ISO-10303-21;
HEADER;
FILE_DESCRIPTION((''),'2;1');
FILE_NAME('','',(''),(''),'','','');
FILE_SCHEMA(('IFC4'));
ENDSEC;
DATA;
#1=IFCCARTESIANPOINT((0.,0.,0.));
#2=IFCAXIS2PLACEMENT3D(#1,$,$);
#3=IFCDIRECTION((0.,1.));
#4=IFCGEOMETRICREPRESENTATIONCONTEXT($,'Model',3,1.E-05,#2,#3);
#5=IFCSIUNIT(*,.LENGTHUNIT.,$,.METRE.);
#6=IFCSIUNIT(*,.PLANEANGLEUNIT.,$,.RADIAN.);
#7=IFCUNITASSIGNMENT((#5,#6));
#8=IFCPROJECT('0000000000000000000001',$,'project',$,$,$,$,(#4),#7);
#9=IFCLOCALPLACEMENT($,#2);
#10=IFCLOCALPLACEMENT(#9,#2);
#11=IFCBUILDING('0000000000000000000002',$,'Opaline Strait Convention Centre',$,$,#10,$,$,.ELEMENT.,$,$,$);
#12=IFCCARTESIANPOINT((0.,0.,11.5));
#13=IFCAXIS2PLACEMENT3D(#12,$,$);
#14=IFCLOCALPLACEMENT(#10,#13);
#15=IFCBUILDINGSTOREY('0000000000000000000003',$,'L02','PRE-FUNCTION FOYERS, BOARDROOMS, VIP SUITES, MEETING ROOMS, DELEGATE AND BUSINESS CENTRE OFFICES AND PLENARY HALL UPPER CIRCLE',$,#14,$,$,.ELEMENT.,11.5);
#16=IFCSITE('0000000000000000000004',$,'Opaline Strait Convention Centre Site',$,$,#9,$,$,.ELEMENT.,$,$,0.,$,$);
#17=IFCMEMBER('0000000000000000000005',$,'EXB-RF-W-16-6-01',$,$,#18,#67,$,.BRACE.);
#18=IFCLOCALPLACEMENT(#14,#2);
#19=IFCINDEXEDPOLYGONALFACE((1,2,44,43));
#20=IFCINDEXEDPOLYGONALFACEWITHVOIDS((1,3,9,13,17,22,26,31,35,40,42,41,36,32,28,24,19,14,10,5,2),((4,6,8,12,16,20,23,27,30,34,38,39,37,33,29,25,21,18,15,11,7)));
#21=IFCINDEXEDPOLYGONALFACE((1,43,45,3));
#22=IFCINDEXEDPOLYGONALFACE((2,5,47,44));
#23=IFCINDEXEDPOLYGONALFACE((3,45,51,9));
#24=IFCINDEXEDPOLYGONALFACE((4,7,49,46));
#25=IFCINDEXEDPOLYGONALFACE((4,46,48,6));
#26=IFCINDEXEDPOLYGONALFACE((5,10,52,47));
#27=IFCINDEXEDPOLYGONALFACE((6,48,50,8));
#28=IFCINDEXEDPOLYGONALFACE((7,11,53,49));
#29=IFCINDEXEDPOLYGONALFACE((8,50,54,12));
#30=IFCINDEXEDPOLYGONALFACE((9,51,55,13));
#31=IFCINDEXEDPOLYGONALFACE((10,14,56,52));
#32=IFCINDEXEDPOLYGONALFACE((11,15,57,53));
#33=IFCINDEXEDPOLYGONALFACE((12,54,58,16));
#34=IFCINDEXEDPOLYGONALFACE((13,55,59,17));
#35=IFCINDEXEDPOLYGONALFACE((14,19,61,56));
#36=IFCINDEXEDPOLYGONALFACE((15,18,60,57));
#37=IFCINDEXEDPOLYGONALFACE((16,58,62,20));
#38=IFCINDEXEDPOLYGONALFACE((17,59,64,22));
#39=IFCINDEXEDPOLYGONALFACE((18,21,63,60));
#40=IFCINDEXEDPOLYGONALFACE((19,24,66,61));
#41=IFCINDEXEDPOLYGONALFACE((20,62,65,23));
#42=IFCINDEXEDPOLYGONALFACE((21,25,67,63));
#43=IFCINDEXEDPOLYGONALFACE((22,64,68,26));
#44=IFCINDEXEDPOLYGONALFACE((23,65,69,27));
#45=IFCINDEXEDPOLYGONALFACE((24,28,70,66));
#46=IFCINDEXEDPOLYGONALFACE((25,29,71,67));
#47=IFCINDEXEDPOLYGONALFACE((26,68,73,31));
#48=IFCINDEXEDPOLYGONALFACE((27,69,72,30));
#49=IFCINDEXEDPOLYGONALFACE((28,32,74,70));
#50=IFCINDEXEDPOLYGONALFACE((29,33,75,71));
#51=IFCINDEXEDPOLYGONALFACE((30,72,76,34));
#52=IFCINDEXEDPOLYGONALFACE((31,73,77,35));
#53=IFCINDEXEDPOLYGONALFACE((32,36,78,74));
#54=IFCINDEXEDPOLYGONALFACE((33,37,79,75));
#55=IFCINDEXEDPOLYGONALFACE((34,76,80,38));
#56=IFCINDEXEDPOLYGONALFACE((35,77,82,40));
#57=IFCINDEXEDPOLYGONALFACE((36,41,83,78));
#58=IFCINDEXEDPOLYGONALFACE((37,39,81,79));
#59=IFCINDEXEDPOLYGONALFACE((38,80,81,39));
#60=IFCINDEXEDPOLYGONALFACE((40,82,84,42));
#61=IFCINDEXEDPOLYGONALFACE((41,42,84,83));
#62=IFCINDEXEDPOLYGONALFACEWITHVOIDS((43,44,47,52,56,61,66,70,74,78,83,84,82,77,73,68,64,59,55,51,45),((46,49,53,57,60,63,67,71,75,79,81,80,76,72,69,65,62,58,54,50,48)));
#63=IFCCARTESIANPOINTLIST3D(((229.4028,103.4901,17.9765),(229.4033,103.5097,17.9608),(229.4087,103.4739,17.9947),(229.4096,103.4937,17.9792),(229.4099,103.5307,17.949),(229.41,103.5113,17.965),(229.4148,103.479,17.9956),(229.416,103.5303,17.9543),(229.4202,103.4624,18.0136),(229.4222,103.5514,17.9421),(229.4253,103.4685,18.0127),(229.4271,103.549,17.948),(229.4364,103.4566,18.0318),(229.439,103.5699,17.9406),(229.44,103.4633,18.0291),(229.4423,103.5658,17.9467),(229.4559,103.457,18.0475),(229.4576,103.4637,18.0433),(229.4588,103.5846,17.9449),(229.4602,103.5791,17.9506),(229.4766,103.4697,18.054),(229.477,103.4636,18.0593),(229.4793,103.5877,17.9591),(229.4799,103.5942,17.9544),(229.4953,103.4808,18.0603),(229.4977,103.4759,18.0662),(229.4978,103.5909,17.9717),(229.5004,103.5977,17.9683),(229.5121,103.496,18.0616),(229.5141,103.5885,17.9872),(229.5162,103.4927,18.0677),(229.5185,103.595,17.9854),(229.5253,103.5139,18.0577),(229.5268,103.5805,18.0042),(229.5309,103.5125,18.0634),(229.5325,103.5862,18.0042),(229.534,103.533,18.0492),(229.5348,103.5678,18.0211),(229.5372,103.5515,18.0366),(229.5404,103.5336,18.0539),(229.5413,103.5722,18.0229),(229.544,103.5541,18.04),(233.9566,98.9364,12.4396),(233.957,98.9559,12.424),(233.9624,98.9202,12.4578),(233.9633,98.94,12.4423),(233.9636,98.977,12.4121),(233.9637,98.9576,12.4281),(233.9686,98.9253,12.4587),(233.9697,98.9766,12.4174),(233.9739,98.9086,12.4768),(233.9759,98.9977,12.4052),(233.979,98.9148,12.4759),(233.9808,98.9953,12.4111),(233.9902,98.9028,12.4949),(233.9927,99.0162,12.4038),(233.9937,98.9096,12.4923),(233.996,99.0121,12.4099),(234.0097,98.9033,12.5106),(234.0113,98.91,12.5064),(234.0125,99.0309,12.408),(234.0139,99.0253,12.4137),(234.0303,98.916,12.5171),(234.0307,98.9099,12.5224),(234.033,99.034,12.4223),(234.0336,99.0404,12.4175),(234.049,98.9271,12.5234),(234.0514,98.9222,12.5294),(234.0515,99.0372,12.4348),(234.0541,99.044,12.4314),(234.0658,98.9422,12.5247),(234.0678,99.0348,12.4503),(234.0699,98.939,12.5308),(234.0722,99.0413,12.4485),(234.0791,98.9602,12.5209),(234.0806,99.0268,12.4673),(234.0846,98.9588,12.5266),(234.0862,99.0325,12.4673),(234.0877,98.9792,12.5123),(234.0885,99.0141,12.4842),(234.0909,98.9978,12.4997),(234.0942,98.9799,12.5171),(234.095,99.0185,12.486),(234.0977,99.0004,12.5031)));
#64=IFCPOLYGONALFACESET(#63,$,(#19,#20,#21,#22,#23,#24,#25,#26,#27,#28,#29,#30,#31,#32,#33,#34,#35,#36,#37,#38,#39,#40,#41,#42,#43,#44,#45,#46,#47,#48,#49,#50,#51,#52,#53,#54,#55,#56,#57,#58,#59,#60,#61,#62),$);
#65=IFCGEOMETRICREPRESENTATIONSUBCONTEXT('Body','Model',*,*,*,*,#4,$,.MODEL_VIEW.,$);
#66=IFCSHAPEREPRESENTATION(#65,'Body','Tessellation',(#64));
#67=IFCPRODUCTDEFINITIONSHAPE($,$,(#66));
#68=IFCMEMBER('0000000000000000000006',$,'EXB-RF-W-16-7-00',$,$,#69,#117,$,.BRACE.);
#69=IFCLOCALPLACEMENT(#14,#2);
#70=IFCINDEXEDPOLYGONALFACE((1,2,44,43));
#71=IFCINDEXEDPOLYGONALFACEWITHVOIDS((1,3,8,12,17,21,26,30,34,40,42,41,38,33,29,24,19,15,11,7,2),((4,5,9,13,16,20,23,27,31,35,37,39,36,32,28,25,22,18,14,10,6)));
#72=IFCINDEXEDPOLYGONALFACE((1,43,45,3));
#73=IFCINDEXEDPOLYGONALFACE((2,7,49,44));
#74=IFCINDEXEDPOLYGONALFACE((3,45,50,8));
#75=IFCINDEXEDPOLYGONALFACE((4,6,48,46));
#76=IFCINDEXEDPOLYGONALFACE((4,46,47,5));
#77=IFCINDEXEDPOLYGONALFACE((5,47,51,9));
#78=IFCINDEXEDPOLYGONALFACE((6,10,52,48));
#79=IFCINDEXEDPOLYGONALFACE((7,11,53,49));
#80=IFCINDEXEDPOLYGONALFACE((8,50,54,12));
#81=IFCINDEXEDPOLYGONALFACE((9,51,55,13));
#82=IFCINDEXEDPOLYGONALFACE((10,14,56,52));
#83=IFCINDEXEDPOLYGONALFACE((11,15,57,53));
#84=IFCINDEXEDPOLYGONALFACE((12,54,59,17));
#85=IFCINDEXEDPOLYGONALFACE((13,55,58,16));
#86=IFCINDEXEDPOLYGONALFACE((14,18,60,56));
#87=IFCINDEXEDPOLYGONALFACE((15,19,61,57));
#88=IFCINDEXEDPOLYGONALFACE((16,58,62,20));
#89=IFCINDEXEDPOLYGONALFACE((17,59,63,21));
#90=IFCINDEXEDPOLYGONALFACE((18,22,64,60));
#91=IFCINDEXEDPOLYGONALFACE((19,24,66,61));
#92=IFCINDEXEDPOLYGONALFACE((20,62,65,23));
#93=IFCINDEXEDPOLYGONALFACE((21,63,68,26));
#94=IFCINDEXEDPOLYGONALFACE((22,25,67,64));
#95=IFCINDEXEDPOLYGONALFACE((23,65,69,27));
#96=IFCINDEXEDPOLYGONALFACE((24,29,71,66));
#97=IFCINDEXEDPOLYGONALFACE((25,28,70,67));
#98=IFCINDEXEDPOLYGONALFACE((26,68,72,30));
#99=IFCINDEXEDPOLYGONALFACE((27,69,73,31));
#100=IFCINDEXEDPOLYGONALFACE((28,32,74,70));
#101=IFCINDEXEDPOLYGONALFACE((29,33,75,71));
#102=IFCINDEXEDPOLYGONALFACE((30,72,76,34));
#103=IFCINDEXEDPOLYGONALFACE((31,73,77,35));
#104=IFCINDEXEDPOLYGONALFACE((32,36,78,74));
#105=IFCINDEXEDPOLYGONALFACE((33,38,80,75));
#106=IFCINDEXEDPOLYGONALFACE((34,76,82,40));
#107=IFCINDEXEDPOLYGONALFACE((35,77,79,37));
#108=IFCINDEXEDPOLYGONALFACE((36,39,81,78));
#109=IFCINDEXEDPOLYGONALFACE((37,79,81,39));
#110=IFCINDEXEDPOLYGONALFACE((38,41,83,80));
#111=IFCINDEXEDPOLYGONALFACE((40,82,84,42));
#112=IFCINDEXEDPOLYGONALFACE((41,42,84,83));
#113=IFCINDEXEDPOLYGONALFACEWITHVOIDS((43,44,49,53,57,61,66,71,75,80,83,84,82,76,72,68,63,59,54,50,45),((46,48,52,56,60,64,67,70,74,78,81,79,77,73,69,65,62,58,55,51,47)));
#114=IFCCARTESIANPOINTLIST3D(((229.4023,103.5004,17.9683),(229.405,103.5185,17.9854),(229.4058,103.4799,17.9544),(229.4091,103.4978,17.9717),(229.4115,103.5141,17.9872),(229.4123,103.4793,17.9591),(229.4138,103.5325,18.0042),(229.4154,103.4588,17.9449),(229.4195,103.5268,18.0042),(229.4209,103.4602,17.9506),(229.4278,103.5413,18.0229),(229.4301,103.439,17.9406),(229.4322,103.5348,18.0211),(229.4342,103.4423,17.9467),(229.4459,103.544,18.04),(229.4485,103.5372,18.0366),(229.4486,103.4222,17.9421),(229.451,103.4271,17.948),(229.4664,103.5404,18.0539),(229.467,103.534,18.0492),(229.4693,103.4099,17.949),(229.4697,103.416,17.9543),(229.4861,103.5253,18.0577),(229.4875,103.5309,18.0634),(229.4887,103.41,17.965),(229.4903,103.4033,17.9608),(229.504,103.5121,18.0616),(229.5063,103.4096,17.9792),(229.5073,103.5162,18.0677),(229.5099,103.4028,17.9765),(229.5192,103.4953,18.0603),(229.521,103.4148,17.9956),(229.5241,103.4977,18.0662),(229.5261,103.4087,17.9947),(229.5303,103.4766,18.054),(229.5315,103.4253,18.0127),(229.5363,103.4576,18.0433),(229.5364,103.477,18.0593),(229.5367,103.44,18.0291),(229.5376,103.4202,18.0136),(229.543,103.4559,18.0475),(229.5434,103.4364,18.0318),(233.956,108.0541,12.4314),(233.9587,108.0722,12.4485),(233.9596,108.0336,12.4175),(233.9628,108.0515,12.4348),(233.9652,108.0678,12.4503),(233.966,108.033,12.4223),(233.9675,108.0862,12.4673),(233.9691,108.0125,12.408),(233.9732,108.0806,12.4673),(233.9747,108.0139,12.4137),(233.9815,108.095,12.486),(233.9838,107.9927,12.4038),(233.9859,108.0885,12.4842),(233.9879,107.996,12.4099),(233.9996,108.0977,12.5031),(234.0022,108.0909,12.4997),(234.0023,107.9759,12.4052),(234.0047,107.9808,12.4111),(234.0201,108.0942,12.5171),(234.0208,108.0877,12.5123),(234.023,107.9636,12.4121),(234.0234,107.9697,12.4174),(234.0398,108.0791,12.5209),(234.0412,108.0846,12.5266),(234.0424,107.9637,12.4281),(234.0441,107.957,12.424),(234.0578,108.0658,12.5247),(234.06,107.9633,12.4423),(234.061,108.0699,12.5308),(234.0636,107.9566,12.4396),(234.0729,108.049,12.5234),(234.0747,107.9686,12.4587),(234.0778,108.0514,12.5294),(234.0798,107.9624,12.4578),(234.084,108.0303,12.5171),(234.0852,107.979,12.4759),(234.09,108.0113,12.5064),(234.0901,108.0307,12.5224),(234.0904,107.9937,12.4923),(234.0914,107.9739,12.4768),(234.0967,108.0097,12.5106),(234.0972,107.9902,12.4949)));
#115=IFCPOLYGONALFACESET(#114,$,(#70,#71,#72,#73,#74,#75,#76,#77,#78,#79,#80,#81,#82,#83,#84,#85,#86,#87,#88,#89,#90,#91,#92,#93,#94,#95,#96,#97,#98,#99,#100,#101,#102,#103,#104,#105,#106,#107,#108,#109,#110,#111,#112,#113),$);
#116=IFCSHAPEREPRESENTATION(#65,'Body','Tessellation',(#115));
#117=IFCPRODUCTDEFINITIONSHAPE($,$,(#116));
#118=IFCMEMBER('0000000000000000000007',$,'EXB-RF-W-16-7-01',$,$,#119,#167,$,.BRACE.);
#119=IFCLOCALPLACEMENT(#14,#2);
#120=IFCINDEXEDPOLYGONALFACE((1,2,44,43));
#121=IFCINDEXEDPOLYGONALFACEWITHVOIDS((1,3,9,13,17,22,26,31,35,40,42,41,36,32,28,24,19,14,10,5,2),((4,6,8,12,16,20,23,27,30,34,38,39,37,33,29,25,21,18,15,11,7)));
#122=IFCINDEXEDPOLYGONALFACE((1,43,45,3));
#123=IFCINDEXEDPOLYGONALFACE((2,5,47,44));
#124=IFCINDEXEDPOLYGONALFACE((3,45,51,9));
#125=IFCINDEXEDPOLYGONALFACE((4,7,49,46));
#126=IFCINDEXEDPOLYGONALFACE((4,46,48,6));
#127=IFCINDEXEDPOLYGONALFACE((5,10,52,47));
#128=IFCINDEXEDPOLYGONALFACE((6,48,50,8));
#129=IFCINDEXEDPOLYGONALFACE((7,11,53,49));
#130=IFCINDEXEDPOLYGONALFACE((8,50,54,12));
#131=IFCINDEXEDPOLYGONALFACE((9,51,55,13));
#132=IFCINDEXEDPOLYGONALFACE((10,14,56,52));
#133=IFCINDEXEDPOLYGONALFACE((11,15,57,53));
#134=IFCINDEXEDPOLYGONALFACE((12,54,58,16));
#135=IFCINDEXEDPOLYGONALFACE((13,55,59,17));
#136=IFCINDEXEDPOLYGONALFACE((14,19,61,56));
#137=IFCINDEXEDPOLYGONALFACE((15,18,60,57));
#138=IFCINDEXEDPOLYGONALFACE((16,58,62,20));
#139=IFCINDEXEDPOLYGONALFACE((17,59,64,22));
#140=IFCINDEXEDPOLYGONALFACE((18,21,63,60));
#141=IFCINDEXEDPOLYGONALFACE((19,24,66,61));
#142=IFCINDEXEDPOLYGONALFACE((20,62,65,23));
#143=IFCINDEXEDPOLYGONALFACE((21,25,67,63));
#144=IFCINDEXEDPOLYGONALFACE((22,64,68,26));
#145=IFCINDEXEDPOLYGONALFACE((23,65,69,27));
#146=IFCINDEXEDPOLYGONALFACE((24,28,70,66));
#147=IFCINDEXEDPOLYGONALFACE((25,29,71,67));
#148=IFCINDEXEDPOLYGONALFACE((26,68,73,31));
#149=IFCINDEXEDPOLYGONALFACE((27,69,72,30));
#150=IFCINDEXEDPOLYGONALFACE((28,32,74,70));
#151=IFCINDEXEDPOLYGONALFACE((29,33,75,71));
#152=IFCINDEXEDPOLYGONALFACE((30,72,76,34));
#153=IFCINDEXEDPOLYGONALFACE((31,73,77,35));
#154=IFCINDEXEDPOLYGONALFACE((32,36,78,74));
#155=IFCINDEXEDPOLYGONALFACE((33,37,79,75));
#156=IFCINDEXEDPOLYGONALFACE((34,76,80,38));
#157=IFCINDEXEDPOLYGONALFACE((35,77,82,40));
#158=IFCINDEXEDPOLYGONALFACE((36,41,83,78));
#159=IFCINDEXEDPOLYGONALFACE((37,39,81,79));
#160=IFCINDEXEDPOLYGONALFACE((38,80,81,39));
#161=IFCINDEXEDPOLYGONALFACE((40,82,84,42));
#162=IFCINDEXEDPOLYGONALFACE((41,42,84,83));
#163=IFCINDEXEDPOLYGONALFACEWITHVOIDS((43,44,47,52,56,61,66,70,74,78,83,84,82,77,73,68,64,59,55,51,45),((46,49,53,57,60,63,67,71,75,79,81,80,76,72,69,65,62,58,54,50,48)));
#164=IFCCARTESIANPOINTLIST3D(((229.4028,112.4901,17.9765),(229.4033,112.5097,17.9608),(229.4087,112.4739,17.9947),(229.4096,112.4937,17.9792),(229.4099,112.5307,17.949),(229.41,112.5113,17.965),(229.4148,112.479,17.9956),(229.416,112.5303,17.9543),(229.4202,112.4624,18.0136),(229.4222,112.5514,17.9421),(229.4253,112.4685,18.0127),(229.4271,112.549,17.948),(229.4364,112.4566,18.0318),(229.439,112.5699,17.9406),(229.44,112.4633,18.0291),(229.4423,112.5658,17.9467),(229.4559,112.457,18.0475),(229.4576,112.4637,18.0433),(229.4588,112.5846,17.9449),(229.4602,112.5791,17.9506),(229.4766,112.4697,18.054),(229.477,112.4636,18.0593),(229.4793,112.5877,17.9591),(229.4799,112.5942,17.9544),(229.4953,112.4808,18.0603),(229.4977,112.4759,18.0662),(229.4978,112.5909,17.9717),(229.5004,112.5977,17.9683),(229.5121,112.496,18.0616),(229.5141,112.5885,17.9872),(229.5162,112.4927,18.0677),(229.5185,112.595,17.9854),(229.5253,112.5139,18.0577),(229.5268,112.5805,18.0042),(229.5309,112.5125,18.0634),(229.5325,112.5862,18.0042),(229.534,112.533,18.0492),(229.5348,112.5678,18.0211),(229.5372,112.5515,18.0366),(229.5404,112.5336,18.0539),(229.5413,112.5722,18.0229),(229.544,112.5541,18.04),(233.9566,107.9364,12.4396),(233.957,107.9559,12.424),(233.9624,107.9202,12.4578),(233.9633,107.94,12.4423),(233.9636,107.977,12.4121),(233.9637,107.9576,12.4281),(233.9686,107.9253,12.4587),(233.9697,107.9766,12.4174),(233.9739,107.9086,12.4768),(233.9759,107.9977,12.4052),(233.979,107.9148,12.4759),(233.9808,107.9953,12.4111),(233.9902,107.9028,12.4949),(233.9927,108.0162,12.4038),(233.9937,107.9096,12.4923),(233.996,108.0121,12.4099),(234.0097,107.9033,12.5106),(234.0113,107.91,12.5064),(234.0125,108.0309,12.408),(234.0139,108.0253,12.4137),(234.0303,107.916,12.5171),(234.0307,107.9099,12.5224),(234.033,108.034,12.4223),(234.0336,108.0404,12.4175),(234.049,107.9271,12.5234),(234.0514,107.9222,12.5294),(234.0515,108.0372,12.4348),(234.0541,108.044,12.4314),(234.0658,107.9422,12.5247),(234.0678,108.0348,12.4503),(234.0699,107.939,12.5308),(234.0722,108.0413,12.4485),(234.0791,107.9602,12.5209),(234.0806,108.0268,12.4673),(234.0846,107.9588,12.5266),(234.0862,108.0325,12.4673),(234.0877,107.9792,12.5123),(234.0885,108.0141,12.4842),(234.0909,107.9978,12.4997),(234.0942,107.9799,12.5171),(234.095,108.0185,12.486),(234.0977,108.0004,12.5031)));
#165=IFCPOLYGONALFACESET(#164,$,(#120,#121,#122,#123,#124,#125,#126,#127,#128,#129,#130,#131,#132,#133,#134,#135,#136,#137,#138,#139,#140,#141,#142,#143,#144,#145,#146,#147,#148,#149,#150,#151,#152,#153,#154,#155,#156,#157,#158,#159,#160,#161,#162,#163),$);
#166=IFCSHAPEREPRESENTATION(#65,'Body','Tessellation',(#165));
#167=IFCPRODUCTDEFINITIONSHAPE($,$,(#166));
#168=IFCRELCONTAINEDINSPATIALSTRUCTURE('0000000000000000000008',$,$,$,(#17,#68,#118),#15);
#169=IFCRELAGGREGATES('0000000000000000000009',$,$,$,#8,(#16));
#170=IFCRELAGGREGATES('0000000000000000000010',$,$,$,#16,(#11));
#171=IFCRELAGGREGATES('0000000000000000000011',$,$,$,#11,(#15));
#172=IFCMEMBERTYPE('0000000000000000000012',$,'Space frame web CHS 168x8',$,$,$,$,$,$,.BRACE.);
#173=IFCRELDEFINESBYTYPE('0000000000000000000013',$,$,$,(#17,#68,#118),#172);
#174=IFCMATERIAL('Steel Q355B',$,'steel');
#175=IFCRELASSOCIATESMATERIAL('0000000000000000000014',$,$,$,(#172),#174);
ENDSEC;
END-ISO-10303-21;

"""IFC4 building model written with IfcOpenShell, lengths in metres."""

from ifc_helpers import new_model, si_unit, direction, frame, origin, origin_2d, place, context, subcontext, project, spatial, hollow_circle, extrude, material, material_profile, profile_set, type_object, element, save


model = new_model("IFC4")

# Units and contexts
model_context = context("Model", 3, precision=1e-05, world=origin(), true_north=direction((0.0, 1.0)))
body_context = subcontext(model_context, "Body", "Model", "MODEL_VIEW")
ifc_project = project(units=[si_unit("LENGTHUNIT", "METRE"), si_unit("PLANEANGLEUNIT", "RADIAN")], contexts=[model_context])

# Site, building, storey
site_placement = place(None, origin())
site = spatial("IfcSite", under=ifc_project, at=site_placement, Name="Opaline Strait Convention Centre Site", CompositionType="ELEMENT", RefElevation=0.0)
building_placement = place(site_placement, origin())
building = spatial("IfcBuilding", under=site, at=building_placement, Name="Opaline Strait Convention Centre", CompositionType="ELEMENT")
storey_placement = place(building_placement, frame((0.0, 0.0, 11.5)))
storey = spatial("IfcBuildingStorey", under=building, at=storey_placement, Name="L02", Description="PRE-FUNCTION FOYERS, BOARDROOMS, VIP SUITES, MEETING ROOMS, DELEGATE AND BUSINESS CENTRE OFFICES AND PLENARY HALL UPPER CIRCLE", CompositionType="ELEMENT", Elevation=11.5)

# Members
ifc_material = material(Name="Steel Q355B", Category="steel")
ifc_material_profile_1 = material_profile(ifc_material, hollow_circle(Radius=0.084, WallThickness=0.0081, at=origin_2d()), Name="CHS 168x8")
ifc_profile_set_1 = profile_set([ifc_material_profile_1], Name="Steel Q355B")
member_type_1 = type_object("IfcMemberType", Name="Space frame web CHS 168x8", PredefinedType="BRACE", material=ifc_profile_set_1)
for number, where, z_axis, x_axis, name in (
    (1, (229.4731, 103.5269, 18.0042), (0.536178, -0.536178, -0.65194), (0.707107, 0.707107, 0.0), "EXB-RF-W-16-6-01"),
    (2, (229.4731, 103.4731, 18.0042), (0.536178, 0.536178, -0.65194), (-0.707107, 0.707107, 0.0), "EXB-RF-W-16-7-00"),
    (3, (229.4731, 112.5269, 18.0042), (0.536178, -0.536178, -0.65194), (0.707107, 0.707107, 0.0), "EXB-RF-W-16-7-01"),
):
    element("IfcMember", number, at=place(storey_placement, frame(where, z_axis=z_axis, x_axis=x_axis)), inside=storey, type_object=member_type_1, Name=name, PredefinedType="BRACE", context=body_context, shape_type="SweptSolid", body=[
        extrude(hollow_circle(Radius=0.084, WallThickness=0.0081, at=origin_2d()), origin(), (0.0, 0.0, 1.0), 8.4929),
    ])

save(model, "model.ifc")
